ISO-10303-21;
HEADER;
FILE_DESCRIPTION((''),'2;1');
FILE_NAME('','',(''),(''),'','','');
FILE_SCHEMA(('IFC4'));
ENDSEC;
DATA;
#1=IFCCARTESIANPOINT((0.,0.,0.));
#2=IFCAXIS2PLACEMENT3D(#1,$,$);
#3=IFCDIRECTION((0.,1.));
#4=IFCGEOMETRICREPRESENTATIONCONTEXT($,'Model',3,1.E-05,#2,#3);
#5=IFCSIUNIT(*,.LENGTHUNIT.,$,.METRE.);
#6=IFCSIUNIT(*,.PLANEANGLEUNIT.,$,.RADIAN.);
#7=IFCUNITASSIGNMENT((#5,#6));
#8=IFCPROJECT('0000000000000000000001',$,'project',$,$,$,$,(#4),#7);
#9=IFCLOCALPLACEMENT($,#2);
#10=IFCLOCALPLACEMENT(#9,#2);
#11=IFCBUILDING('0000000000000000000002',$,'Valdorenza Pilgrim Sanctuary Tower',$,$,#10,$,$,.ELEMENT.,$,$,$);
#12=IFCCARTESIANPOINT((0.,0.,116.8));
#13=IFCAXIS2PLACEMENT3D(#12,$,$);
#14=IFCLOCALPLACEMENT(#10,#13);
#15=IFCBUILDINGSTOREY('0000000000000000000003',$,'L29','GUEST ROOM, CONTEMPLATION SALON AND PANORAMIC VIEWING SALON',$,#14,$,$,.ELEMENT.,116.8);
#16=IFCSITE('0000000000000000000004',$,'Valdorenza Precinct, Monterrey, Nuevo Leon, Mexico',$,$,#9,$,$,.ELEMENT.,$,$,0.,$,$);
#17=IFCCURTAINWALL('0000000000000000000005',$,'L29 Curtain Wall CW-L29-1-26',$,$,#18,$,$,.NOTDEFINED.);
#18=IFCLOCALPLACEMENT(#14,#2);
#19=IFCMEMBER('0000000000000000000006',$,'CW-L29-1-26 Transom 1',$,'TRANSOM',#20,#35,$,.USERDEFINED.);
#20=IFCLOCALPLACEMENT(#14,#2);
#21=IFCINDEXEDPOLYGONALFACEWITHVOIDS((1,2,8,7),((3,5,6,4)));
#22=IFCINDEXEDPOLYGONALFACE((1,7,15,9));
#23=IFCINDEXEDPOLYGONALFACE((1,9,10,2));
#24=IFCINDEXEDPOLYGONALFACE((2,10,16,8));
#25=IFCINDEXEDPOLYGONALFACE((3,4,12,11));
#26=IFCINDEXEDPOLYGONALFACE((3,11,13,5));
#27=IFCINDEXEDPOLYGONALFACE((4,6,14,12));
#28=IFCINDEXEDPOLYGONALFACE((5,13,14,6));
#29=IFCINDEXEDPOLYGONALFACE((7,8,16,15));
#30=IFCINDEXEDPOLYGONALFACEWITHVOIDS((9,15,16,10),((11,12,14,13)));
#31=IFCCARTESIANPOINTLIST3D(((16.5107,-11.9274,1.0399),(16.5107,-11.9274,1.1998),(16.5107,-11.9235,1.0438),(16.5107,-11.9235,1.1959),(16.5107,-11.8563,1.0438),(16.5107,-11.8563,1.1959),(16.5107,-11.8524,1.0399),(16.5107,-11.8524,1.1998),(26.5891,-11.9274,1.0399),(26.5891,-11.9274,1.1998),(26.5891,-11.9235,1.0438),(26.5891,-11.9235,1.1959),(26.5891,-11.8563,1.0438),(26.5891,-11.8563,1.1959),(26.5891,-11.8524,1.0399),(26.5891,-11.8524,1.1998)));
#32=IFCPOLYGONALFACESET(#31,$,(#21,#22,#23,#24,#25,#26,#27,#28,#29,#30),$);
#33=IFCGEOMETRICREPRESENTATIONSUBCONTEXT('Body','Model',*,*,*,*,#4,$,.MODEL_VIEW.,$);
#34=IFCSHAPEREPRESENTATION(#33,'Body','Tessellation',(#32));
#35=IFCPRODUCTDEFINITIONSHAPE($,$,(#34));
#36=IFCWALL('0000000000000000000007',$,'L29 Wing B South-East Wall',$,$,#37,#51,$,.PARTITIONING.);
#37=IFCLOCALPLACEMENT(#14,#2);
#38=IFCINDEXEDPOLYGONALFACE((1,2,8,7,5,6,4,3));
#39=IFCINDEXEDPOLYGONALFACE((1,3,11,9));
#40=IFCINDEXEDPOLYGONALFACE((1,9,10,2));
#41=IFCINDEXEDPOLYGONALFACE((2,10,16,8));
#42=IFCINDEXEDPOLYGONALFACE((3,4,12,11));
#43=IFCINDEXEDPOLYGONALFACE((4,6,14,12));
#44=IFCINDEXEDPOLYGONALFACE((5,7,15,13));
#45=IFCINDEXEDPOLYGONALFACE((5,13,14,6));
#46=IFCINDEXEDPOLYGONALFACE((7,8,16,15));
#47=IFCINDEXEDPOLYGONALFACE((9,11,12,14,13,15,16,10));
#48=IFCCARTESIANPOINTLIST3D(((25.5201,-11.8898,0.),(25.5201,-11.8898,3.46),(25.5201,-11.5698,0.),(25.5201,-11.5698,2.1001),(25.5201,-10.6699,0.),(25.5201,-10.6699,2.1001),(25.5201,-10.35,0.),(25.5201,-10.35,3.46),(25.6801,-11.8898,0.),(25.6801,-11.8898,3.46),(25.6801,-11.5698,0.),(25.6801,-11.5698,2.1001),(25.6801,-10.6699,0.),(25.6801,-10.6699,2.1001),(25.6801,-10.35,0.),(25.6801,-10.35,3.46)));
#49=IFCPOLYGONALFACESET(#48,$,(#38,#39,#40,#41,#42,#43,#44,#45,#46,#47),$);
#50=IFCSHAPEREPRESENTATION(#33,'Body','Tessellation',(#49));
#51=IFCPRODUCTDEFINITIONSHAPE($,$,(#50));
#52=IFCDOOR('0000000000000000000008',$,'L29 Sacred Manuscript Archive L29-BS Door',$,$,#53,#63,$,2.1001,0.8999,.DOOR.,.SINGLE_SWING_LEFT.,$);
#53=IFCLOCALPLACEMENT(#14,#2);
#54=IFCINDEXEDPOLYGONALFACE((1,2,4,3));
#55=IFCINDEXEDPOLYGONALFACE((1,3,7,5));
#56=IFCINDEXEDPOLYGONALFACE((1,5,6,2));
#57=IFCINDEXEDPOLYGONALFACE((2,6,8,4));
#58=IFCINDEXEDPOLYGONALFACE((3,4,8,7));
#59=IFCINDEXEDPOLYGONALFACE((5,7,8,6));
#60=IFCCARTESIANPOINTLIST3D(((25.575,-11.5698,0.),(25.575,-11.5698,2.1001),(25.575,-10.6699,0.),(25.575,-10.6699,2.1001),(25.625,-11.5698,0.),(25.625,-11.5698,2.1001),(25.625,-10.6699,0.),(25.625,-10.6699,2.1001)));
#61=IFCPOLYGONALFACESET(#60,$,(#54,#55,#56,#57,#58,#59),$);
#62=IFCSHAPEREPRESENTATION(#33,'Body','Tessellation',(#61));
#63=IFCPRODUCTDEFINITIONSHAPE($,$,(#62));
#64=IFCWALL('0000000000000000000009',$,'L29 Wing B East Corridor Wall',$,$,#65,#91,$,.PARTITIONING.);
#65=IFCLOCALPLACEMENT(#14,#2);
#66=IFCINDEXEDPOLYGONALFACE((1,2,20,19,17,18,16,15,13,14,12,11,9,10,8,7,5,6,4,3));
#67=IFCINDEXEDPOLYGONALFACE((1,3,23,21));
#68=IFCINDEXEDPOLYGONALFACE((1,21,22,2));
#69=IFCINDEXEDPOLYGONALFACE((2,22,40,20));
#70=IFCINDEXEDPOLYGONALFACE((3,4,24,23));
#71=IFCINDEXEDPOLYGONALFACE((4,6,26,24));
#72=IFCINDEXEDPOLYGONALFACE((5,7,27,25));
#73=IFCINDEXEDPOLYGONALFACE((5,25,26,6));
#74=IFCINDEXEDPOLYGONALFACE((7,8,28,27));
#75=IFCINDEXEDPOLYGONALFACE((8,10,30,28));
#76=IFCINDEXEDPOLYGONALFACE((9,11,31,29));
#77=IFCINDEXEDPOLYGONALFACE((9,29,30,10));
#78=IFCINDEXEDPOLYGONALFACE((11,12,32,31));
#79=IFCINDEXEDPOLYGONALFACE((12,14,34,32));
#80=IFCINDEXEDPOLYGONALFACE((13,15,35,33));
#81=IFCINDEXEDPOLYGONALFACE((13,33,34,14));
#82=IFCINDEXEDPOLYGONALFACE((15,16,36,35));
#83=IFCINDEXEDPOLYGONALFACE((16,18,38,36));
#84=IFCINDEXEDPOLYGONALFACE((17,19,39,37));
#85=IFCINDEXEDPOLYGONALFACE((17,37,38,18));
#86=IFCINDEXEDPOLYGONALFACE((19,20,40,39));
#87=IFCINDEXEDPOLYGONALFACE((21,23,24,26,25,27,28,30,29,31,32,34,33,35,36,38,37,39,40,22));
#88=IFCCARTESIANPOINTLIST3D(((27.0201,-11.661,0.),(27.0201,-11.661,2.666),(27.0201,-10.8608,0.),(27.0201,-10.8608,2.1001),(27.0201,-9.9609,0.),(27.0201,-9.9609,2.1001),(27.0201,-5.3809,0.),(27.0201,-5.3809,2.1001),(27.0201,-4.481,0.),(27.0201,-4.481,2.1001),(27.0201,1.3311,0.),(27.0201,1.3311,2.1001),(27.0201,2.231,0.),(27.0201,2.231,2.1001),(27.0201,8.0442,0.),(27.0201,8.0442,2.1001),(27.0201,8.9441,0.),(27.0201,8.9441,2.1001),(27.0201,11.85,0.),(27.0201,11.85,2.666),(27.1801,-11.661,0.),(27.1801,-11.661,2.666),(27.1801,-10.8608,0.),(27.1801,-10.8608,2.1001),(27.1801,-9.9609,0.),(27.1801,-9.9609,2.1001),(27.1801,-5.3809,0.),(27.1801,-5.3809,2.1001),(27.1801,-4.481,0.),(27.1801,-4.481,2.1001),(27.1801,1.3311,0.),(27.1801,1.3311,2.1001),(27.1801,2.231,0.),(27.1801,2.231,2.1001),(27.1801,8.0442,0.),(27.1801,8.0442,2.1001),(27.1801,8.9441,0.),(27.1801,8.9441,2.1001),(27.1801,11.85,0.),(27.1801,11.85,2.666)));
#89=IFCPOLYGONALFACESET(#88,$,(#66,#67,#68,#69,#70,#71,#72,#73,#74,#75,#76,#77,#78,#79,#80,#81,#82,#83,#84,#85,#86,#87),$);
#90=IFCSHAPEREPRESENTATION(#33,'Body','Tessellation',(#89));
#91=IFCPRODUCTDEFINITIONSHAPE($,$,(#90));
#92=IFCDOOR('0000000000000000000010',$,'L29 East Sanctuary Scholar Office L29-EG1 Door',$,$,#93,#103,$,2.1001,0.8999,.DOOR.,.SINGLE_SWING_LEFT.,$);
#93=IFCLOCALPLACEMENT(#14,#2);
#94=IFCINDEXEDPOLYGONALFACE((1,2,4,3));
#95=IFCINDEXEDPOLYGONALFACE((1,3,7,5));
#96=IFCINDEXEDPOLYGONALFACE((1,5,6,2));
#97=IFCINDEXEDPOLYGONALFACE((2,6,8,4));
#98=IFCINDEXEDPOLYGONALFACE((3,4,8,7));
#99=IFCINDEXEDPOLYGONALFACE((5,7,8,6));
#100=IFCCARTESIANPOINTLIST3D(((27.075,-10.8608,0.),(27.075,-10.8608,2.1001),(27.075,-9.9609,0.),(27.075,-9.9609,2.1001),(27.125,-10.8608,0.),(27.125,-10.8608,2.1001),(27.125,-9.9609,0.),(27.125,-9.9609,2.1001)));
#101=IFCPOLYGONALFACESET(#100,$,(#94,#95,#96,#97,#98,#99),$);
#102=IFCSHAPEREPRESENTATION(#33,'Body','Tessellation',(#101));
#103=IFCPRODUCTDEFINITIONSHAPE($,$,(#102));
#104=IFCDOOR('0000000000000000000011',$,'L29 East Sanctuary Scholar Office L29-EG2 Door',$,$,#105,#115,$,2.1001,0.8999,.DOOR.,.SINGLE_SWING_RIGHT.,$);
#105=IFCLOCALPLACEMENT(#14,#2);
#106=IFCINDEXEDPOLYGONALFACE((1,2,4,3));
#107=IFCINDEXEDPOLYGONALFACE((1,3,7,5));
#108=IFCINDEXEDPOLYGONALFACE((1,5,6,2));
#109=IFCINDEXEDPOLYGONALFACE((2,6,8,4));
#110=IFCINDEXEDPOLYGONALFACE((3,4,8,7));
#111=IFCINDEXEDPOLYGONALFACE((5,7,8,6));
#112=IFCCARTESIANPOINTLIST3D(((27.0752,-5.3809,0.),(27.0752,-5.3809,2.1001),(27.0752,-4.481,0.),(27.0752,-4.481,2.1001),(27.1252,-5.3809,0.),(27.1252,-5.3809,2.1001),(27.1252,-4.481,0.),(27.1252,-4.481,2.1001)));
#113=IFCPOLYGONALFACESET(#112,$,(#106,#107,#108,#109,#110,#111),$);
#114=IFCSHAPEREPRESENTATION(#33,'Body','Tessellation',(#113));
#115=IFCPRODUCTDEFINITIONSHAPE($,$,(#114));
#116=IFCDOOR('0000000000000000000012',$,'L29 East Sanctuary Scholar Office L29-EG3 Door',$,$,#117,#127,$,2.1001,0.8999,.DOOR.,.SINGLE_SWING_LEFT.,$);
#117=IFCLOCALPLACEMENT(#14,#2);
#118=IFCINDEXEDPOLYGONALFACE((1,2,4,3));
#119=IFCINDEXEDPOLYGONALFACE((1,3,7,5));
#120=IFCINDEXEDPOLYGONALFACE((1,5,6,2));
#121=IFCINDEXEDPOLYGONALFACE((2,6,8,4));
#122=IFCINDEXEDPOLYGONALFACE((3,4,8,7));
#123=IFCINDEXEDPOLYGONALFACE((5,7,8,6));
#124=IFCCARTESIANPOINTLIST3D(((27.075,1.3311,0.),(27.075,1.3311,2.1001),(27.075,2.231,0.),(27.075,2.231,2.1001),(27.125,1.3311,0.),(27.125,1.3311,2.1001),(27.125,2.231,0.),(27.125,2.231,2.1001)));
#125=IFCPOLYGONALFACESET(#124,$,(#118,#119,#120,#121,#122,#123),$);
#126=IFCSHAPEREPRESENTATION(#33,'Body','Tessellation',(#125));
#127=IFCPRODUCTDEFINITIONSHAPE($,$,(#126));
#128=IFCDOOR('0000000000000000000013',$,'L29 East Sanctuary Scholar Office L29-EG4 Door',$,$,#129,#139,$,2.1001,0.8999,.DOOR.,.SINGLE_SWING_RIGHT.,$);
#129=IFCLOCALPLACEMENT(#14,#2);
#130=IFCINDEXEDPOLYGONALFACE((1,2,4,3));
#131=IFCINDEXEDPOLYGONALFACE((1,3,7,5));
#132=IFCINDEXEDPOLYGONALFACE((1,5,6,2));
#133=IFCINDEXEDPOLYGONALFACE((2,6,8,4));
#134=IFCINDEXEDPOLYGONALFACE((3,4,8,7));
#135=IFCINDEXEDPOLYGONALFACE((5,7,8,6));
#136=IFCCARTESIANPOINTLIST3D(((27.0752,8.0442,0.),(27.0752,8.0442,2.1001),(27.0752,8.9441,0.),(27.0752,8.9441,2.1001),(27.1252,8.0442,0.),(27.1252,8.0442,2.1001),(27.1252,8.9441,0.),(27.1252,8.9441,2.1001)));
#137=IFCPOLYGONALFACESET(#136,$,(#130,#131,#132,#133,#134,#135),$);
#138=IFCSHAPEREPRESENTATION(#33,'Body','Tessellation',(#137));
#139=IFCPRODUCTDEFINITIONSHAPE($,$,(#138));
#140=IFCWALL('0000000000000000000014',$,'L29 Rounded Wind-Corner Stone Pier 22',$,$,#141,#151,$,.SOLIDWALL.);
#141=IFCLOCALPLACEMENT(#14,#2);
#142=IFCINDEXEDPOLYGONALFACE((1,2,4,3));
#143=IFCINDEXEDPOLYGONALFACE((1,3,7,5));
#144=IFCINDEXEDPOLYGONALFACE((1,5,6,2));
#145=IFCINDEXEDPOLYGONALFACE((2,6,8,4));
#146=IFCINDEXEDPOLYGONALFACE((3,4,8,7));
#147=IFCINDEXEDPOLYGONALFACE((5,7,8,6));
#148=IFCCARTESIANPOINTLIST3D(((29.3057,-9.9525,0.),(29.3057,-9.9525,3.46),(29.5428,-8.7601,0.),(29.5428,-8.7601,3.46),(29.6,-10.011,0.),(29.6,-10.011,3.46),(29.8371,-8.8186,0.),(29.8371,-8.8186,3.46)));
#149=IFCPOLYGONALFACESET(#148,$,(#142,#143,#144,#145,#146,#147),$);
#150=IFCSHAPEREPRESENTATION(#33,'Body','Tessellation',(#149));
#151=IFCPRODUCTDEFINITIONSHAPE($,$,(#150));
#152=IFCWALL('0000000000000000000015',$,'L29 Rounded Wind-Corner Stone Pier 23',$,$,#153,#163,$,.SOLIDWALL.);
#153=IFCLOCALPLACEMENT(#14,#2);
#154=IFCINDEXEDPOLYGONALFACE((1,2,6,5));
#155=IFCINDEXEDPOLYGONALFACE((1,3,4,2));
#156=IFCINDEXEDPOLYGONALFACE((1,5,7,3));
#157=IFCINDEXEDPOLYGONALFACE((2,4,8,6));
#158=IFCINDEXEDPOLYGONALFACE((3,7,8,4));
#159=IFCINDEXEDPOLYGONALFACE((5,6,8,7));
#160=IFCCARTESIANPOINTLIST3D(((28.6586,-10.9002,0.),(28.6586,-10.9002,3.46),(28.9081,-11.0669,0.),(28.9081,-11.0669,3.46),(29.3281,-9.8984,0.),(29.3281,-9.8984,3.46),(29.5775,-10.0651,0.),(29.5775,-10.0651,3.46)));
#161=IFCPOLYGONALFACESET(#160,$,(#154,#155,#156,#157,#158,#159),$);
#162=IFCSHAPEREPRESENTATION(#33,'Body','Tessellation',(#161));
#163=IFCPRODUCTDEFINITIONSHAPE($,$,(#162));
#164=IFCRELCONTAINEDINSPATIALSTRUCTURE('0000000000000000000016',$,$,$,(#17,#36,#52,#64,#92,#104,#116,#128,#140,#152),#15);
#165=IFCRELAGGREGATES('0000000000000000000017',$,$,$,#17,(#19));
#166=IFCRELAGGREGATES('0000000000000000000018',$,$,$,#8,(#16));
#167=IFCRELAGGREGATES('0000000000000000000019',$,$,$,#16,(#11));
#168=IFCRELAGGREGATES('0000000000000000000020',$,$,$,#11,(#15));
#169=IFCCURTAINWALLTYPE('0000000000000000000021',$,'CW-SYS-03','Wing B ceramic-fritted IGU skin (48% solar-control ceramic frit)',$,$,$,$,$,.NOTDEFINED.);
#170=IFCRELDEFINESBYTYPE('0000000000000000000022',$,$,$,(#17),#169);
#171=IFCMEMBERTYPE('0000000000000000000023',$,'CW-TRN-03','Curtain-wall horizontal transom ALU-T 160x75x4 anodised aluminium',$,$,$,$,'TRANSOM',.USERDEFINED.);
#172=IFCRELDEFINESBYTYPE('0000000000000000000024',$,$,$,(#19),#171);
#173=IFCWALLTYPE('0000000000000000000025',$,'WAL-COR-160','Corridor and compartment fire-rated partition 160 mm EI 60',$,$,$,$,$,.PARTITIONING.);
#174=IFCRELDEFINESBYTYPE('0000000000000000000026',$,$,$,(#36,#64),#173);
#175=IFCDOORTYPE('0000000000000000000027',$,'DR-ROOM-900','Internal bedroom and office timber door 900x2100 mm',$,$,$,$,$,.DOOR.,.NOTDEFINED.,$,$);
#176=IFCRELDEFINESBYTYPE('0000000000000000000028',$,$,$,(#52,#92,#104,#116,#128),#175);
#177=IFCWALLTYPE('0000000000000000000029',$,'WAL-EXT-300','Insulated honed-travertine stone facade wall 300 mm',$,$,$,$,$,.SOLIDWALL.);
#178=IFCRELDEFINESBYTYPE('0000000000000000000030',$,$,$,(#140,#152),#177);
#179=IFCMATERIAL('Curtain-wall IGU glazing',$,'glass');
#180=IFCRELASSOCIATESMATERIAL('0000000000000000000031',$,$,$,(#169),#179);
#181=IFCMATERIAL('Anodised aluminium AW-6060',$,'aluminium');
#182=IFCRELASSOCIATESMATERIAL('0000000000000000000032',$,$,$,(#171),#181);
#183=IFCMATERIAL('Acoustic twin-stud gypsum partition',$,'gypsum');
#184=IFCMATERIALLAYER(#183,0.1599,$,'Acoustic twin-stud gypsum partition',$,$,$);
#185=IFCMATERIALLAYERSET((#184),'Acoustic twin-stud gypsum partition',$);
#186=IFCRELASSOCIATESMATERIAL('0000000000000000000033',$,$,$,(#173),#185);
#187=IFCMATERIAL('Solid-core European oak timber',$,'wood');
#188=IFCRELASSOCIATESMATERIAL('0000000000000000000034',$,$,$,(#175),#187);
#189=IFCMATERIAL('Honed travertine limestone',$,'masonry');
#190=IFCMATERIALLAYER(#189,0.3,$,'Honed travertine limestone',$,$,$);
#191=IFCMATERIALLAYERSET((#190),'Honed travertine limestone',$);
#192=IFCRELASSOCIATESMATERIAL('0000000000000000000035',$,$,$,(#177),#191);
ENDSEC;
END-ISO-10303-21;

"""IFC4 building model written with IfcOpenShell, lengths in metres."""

from ifc_helpers import new_model, si_unit, direction, frame, frame_2d, origin, origin_2d, place, context, subcontext, project, spatial, rectangle, hollow_rectangle, extrude, source, transform, mapped, material, layer, layer_set, material_profile, profile_set, type_object, element, fill, aggregate, save


model = new_model("IFC4")

# Units and contexts
model_context = context("Model", 3, precision=1e-05, world=origin(), true_north=direction((0.0, 1.0)))
body_context = subcontext(model_context, "Body", "Model", "MODEL_VIEW")
ifc_project = project(units=[si_unit("LENGTHUNIT", "METRE"), si_unit("PLANEANGLEUNIT", "RADIAN")], contexts=[model_context])

# Site, building, storey
site_placement = place(None, origin())
site = spatial("IfcSite", under=ifc_project, at=site_placement, Name="Valdorenza Precinct, Monterrey, Nuevo Leon, Mexico", CompositionType="ELEMENT", RefElevation=0.0)
building_placement = place(site_placement, origin())
building = spatial("IfcBuilding", under=site, at=building_placement, Name="Valdorenza Pilgrim Sanctuary Tower", CompositionType="ELEMENT")
storey_placement = place(building_placement, frame((0.0, 0.0, 116.8)))
storey = spatial("IfcBuildingStorey", under=building, at=storey_placement, Name="L29", Description="GUEST ROOM, CONTEMPLATION SALON AND PANORAMIC VIEWING SALON", CompositionType="ELEMENT", Elevation=116.8)

# Shared definitions
ifc_material_1 = material(Name="Curtain-wall IGU glazing", Category="glass")
curtain_wall_type = type_object("IfcCurtainWallType", Name="CW-SYS-03", Description="Wing B ceramic-fritted IGU skin (48% solar-control ceramic frit)", PredefinedType="NOTDEFINED", material=ifc_material_1)
ifc_material_2 = material(Name="Anodised aluminium AW-6060", Category="aluminium")

# Curtain wall, member
curtain_wall_1_placement = place(storey_placement, origin())
curtain_wall_1 = element("IfcCurtainWall", 1, at=curtain_wall_1_placement, inside=storey, type_object=curtain_wall_type, Name="L29 Curtain Wall CW-L29-1-26", PredefinedType="NOTDEFINED")
ifc_material_profile_1 = material_profile(ifc_material_2, hollow_rectangle(XDim=0.075, YDim=0.1599, WallThickness=0.0039, at=origin_2d()), Name="ALU-T 160x75x4")
ifc_profile_set_1 = profile_set([ifc_material_profile_1], Name="Anodised aluminium AW-6060")
member_type_1 = type_object("IfcMemberType", Name="CW-TRN-03", Description="Curtain-wall horizontal transom ALU-T 160x75x4 anodised aluminium", ElementType="TRANSOM", PredefinedType="USERDEFINED", material=ifc_profile_set_1)
shared_shape_1 = source(origin(), body_context, "Body", "SweptSolid", [
    extrude(hollow_rectangle(XDim=0.075, YDim=0.1599, WallThickness=0.0039, at=origin_2d()), origin(), (0.0, 0.0, 1.0), 10.0784),
])
member_1_placement = place(storey_placement, frame((26.5891, -11.8899, 1.1199), z_axis=(-1.0, 0.0, 0.0), x_axis=(0.0, -1.0, 0.0)))
member_1 = element("IfcMember", 2, at=member_1_placement, type_object=member_type_1, Name="CW-L29-1-26 Transom 1", ObjectType="TRANSOM", PredefinedType="USERDEFINED", context=body_context, shape_type="MappedRepresentation", body=[
    mapped(shared_shape_1, transform((0.0, 0.0, 0.0), x_axis=(1.0, 0.0, 0.0), y_axis=(0.0, 1.0, 0.0), z_axis=(0.0, 0.0, 1.0), scale=1.0)),
])
aggregate(curtain_wall_1, [member_1])

# Wall, opening, door
ifc_material_3 = material(Name="Acoustic twin-stud gypsum partition", Category="gypsum")
ifc_layer_1 = layer(ifc_material_3, 0.1599, Name="Acoustic twin-stud gypsum partition")
ifc_layer_set_1 = layer_set([ifc_layer_1], Name="Acoustic twin-stud gypsum partition")
wall_type_1 = type_object("IfcWallType", Name="WAL-COR-160", Description="Corridor and compartment fire-rated partition 160 mm EI 60", PredefinedType="PARTITIONING", material=ifc_layer_set_1)
wall_1_placement = place(storey_placement, frame((25.6001, -11.8899, 0.0), z_axis=(0.0, 0.0, 1.0), x_axis=(0.0, 1.0, 0.0)))
wall_1 = element("IfcWall", 3, at=wall_1_placement, inside=storey, type_object=wall_type_1, Name="L29 Wing B South-East Wall", PredefinedType="PARTITIONING", context=body_context, shape_type="SweptSolid", body=[
    extrude(rectangle(XDim=1.5398, YDim=0.1599, at=frame_2d((0.77, 0.0))), origin(), (0.0, 0.0, 1.0), 3.46),
])
opening_1_placement = place(wall_1_placement, frame((0.3201, 0.0, 0.0)))
opening_1 = element("IfcOpeningElement", 4, at=opening_1_placement, cuts=wall_1, PredefinedType="OPENING", context=body_context, shape_type="SweptSolid", body=[
    extrude(rectangle(XDim=0.8999, YDim=2.1001, at=frame_2d((0.45, 1.05))), frame((0.0, 0.0947, 0.0), z_axis=(0.0, -1.0, 0.0), x_axis=(1.0, 0.0, 0.0)), (0.0, 0.0, 1.0), 0.1897),
])
ifc_material_4 = material(Name="Solid-core European oak timber", Category="wood")
door_type = type_object("IfcDoorType", Name="DR-ROOM-900", Description="Internal bedroom and office timber door 900x2100 mm", OperationType="NOTDEFINED", PredefinedType="DOOR", material=ifc_material_4)
door_1_placement = place(opening_1_placement, frame((0.8999, 0.0, 0.0), z_axis=(0.0, 0.0, 1.0), x_axis=(-1.0, 0.0, 0.0)))
door_1 = element("IfcDoor", 5, at=door_1_placement, inside=storey, type_object=door_type, Name="L29 Sacred Manuscript Archive L29-BS Door", OperationType="SINGLE_SWING_LEFT", OverallHeight=2.1001, OverallWidth=0.8999, PredefinedType="DOOR", context=body_context, shape_type="SweptSolid", body=[
    extrude(rectangle(XDim=0.8999, YDim=2.1001, at=frame_2d((0.45, 1.05))), frame((0.0, 0.0249, 0.0), z_axis=(0.0, -1.0, 0.0), x_axis=(1.0, 0.0, 0.0)), (0.0, 0.0, 1.0), 0.05),
])
fill(opening_1, door_1)

# Wall, openings, doors
wall_2_placement = place(storey_placement, frame((27.1001, -11.6609, 0.0), z_axis=(0.0, 0.0, 1.0), x_axis=(0.0, 1.0, 0.0)))
wall_2 = element("IfcWall", 6, at=wall_2_placement, inside=storey, type_object=wall_type_1, Name="L29 Wing B East Corridor Wall", PredefinedType="PARTITIONING", context=body_context, shape_type="SweptSolid", body=[
    extrude(rectangle(XDim=23.511, YDim=0.1599, at=frame_2d((11.7554, 0.0))), origin(), (0.0, 0.0, 1.0), 2.666),
])
opening_2_placement = place(wall_2_placement, frame((0.8, 0.0, 0.0)))
opening_2 = element("IfcOpeningElement", 7, at=opening_2_placement, cuts=wall_2, PredefinedType="OPENING", context=body_context, shape_type="SweptSolid", body=[
    extrude(rectangle(XDim=0.8999, YDim=2.1001, at=frame_2d((0.45, 1.05))), frame((0.0, 0.0947, 0.0), z_axis=(0.0, -1.0, 0.0), x_axis=(1.0, 0.0, 0.0)), (0.0, 0.0, 1.0), 0.1897),
])
opening_3_placement = place(wall_2_placement, frame((6.28, 0.0, 0.0)))
opening_3 = element("IfcOpeningElement", 8, at=opening_3_placement, cuts=wall_2, PredefinedType="OPENING", context=body_context, shape_type="SweptSolid", body=[
    extrude(rectangle(XDim=0.8999, YDim=2.1001, at=frame_2d((0.45, 1.05))), frame((0.0, 0.0947, 0.0), z_axis=(0.0, -1.0, 0.0), x_axis=(1.0, 0.0, 0.0)), (0.0, 0.0, 1.0), 0.1897),
])
opening_4_placement = place(wall_2_placement, frame((12.9919, 0.0, 0.0)))
opening_4 = element("IfcOpeningElement", 9, at=opening_4_placement, cuts=wall_2, PredefinedType="OPENING", context=body_context, shape_type="SweptSolid", body=[
    extrude(rectangle(XDim=0.8999, YDim=2.1001, at=frame_2d((0.45, 1.05))), frame((0.0, 0.0947, 0.0), z_axis=(0.0, -1.0, 0.0), x_axis=(1.0, 0.0, 0.0)), (0.0, 0.0, 1.0), 0.1897),
])
opening_5_placement = place(wall_2_placement, frame((19.7051, 0.0, 0.0)))
opening_5 = element("IfcOpeningElement", 10, at=opening_5_placement, cuts=wall_2, PredefinedType="OPENING", context=body_context, shape_type="SweptSolid", body=[
    extrude(rectangle(XDim=0.8999, YDim=2.1001, at=frame_2d((0.45, 1.05))), frame((0.0, 0.0947, 0.0), z_axis=(0.0, -1.0, 0.0), x_axis=(1.0, 0.0, 0.0)), (0.0, 0.0, 1.0), 0.1897),
])
door_2_placement = place(opening_2_placement, frame((0.8999, 0.0, 0.0), z_axis=(0.0, 0.0, 1.0), x_axis=(-1.0, 0.0, 0.0)))
door_2 = element("IfcDoor", 11, at=door_2_placement, inside=storey, type_object=door_type, Name="L29 East Sanctuary Scholar Office L29-EG1 Door", OperationType="SINGLE_SWING_LEFT", OverallHeight=2.1001, OverallWidth=0.8999, PredefinedType="DOOR", context=body_context, shape_type="SweptSolid", body=[
    extrude(rectangle(XDim=0.8999, YDim=2.1001, at=frame_2d((0.45, 1.05))), frame((0.0, 0.0249, 0.0), z_axis=(0.0, -1.0, 0.0), x_axis=(1.0, 0.0, 0.0)), (0.0, 0.0, 1.0), 0.05),
])
fill(opening_2, door_2)
door_3_placement = place(opening_3_placement, origin())
door_3 = element("IfcDoor", 12, at=door_3_placement, inside=storey, type_object=door_type, Name="L29 East Sanctuary Scholar Office L29-EG2 Door", OperationType="SINGLE_SWING_RIGHT", OverallHeight=2.1001, OverallWidth=0.8999, PredefinedType="DOOR", context=body_context, shape_type="SweptSolid", body=[
    extrude(rectangle(XDim=0.8999, YDim=2.1001, at=frame_2d((0.45, 1.05))), frame((0.0, 0.0249, 0.0), z_axis=(0.0, -1.0, 0.0), x_axis=(1.0, 0.0, 0.0)), (0.0, 0.0, 1.0), 0.05),
])
fill(opening_3, door_3)
door_4_placement = place(opening_4_placement, frame((0.8999, 0.0, 0.0), z_axis=(0.0, 0.0, 1.0), x_axis=(-1.0, 0.0, 0.0)))
door_4 = element("IfcDoor", 13, at=door_4_placement, inside=storey, type_object=door_type, Name="L29 East Sanctuary Scholar Office L29-EG3 Door", OperationType="SINGLE_SWING_LEFT", OverallHeight=2.1001, OverallWidth=0.8999, PredefinedType="DOOR", context=body_context, shape_type="SweptSolid", body=[
    extrude(rectangle(XDim=0.8999, YDim=2.1001, at=frame_2d((0.45, 1.05))), frame((0.0, 0.0249, 0.0), z_axis=(0.0, -1.0, 0.0), x_axis=(1.0, 0.0, 0.0)), (0.0, 0.0, 1.0), 0.05),
])
fill(opening_4, door_4)
door_5_placement = place(opening_5_placement, origin())
door_5 = element("IfcDoor", 14, at=door_5_placement, inside=storey, type_object=door_type, Name="L29 East Sanctuary Scholar Office L29-EG4 Door", OperationType="SINGLE_SWING_RIGHT", OverallHeight=2.1001, OverallWidth=0.8999, PredefinedType="DOOR", context=body_context, shape_type="SweptSolid", body=[
    extrude(rectangle(XDim=0.8999, YDim=2.1001, at=frame_2d((0.45, 1.05))), frame((0.0, 0.0249, 0.0), z_axis=(0.0, -1.0, 0.0), x_axis=(1.0, 0.0, 0.0)), (0.0, 0.0, 1.0), 0.05),
])
fill(opening_5, door_5)

# Walls
ifc_material_5 = material(Name="Honed travertine limestone", Category="masonry")
ifc_layer_2 = layer(ifc_material_5, 0.3, Name="Honed travertine limestone")
ifc_layer_set_2 = layer_set([ifc_layer_2], Name="Honed travertine limestone")
wall_type_2 = type_object("IfcWallType", Name="WAL-EXT-300", Description="Insulated honed-travertine stone facade wall 300 mm", PredefinedType="SOLIDWALL", material=ifc_layer_set_2)
wall_3_placement = place(storey_placement, frame((29.6899, -8.7893, 0.0), z_axis=(0.0, 0.0, 1.0), x_axis=(-0.194996, -0.980804, 0.0)))
element("IfcWall", 15, at=wall_3_placement, inside=storey, type_object=wall_type_2, Name="L29 Rounded Wind-Corner Stone Pier 22", PredefinedType="SOLIDWALL", context=body_context, shape_type="SweptSolid", body=[
    extrude(rectangle(XDim=1.2158, YDim=0.3, at=frame_2d((0.6079, 0.0))), origin(), (0.0, 0.0, 1.0), 3.46),
])
for number, where, z_axis, x_axis, name in (
    (16, (29.4529, -9.9817, 0.0), (0.0, 0.0, 1.0), (-0.555635, -0.831426, 0.0), "L29 Rounded Wind-Corner Stone Pier 23"),
):
    element("IfcWall", number, at=place(storey_placement, frame(where, z_axis=z_axis, x_axis=x_axis)), inside=storey, type_object=wall_type_2, Name=name, PredefinedType="SOLIDWALL", context=body_context, shape_type="SweptSolid", body=[
        extrude(rectangle(XDim=1.2048, YDim=0.3, at=frame_2d((0.6025, 0.0))), origin(), (0.0, 0.0, 1.0), 3.46),
    ])

save(model, "model.ifc")
